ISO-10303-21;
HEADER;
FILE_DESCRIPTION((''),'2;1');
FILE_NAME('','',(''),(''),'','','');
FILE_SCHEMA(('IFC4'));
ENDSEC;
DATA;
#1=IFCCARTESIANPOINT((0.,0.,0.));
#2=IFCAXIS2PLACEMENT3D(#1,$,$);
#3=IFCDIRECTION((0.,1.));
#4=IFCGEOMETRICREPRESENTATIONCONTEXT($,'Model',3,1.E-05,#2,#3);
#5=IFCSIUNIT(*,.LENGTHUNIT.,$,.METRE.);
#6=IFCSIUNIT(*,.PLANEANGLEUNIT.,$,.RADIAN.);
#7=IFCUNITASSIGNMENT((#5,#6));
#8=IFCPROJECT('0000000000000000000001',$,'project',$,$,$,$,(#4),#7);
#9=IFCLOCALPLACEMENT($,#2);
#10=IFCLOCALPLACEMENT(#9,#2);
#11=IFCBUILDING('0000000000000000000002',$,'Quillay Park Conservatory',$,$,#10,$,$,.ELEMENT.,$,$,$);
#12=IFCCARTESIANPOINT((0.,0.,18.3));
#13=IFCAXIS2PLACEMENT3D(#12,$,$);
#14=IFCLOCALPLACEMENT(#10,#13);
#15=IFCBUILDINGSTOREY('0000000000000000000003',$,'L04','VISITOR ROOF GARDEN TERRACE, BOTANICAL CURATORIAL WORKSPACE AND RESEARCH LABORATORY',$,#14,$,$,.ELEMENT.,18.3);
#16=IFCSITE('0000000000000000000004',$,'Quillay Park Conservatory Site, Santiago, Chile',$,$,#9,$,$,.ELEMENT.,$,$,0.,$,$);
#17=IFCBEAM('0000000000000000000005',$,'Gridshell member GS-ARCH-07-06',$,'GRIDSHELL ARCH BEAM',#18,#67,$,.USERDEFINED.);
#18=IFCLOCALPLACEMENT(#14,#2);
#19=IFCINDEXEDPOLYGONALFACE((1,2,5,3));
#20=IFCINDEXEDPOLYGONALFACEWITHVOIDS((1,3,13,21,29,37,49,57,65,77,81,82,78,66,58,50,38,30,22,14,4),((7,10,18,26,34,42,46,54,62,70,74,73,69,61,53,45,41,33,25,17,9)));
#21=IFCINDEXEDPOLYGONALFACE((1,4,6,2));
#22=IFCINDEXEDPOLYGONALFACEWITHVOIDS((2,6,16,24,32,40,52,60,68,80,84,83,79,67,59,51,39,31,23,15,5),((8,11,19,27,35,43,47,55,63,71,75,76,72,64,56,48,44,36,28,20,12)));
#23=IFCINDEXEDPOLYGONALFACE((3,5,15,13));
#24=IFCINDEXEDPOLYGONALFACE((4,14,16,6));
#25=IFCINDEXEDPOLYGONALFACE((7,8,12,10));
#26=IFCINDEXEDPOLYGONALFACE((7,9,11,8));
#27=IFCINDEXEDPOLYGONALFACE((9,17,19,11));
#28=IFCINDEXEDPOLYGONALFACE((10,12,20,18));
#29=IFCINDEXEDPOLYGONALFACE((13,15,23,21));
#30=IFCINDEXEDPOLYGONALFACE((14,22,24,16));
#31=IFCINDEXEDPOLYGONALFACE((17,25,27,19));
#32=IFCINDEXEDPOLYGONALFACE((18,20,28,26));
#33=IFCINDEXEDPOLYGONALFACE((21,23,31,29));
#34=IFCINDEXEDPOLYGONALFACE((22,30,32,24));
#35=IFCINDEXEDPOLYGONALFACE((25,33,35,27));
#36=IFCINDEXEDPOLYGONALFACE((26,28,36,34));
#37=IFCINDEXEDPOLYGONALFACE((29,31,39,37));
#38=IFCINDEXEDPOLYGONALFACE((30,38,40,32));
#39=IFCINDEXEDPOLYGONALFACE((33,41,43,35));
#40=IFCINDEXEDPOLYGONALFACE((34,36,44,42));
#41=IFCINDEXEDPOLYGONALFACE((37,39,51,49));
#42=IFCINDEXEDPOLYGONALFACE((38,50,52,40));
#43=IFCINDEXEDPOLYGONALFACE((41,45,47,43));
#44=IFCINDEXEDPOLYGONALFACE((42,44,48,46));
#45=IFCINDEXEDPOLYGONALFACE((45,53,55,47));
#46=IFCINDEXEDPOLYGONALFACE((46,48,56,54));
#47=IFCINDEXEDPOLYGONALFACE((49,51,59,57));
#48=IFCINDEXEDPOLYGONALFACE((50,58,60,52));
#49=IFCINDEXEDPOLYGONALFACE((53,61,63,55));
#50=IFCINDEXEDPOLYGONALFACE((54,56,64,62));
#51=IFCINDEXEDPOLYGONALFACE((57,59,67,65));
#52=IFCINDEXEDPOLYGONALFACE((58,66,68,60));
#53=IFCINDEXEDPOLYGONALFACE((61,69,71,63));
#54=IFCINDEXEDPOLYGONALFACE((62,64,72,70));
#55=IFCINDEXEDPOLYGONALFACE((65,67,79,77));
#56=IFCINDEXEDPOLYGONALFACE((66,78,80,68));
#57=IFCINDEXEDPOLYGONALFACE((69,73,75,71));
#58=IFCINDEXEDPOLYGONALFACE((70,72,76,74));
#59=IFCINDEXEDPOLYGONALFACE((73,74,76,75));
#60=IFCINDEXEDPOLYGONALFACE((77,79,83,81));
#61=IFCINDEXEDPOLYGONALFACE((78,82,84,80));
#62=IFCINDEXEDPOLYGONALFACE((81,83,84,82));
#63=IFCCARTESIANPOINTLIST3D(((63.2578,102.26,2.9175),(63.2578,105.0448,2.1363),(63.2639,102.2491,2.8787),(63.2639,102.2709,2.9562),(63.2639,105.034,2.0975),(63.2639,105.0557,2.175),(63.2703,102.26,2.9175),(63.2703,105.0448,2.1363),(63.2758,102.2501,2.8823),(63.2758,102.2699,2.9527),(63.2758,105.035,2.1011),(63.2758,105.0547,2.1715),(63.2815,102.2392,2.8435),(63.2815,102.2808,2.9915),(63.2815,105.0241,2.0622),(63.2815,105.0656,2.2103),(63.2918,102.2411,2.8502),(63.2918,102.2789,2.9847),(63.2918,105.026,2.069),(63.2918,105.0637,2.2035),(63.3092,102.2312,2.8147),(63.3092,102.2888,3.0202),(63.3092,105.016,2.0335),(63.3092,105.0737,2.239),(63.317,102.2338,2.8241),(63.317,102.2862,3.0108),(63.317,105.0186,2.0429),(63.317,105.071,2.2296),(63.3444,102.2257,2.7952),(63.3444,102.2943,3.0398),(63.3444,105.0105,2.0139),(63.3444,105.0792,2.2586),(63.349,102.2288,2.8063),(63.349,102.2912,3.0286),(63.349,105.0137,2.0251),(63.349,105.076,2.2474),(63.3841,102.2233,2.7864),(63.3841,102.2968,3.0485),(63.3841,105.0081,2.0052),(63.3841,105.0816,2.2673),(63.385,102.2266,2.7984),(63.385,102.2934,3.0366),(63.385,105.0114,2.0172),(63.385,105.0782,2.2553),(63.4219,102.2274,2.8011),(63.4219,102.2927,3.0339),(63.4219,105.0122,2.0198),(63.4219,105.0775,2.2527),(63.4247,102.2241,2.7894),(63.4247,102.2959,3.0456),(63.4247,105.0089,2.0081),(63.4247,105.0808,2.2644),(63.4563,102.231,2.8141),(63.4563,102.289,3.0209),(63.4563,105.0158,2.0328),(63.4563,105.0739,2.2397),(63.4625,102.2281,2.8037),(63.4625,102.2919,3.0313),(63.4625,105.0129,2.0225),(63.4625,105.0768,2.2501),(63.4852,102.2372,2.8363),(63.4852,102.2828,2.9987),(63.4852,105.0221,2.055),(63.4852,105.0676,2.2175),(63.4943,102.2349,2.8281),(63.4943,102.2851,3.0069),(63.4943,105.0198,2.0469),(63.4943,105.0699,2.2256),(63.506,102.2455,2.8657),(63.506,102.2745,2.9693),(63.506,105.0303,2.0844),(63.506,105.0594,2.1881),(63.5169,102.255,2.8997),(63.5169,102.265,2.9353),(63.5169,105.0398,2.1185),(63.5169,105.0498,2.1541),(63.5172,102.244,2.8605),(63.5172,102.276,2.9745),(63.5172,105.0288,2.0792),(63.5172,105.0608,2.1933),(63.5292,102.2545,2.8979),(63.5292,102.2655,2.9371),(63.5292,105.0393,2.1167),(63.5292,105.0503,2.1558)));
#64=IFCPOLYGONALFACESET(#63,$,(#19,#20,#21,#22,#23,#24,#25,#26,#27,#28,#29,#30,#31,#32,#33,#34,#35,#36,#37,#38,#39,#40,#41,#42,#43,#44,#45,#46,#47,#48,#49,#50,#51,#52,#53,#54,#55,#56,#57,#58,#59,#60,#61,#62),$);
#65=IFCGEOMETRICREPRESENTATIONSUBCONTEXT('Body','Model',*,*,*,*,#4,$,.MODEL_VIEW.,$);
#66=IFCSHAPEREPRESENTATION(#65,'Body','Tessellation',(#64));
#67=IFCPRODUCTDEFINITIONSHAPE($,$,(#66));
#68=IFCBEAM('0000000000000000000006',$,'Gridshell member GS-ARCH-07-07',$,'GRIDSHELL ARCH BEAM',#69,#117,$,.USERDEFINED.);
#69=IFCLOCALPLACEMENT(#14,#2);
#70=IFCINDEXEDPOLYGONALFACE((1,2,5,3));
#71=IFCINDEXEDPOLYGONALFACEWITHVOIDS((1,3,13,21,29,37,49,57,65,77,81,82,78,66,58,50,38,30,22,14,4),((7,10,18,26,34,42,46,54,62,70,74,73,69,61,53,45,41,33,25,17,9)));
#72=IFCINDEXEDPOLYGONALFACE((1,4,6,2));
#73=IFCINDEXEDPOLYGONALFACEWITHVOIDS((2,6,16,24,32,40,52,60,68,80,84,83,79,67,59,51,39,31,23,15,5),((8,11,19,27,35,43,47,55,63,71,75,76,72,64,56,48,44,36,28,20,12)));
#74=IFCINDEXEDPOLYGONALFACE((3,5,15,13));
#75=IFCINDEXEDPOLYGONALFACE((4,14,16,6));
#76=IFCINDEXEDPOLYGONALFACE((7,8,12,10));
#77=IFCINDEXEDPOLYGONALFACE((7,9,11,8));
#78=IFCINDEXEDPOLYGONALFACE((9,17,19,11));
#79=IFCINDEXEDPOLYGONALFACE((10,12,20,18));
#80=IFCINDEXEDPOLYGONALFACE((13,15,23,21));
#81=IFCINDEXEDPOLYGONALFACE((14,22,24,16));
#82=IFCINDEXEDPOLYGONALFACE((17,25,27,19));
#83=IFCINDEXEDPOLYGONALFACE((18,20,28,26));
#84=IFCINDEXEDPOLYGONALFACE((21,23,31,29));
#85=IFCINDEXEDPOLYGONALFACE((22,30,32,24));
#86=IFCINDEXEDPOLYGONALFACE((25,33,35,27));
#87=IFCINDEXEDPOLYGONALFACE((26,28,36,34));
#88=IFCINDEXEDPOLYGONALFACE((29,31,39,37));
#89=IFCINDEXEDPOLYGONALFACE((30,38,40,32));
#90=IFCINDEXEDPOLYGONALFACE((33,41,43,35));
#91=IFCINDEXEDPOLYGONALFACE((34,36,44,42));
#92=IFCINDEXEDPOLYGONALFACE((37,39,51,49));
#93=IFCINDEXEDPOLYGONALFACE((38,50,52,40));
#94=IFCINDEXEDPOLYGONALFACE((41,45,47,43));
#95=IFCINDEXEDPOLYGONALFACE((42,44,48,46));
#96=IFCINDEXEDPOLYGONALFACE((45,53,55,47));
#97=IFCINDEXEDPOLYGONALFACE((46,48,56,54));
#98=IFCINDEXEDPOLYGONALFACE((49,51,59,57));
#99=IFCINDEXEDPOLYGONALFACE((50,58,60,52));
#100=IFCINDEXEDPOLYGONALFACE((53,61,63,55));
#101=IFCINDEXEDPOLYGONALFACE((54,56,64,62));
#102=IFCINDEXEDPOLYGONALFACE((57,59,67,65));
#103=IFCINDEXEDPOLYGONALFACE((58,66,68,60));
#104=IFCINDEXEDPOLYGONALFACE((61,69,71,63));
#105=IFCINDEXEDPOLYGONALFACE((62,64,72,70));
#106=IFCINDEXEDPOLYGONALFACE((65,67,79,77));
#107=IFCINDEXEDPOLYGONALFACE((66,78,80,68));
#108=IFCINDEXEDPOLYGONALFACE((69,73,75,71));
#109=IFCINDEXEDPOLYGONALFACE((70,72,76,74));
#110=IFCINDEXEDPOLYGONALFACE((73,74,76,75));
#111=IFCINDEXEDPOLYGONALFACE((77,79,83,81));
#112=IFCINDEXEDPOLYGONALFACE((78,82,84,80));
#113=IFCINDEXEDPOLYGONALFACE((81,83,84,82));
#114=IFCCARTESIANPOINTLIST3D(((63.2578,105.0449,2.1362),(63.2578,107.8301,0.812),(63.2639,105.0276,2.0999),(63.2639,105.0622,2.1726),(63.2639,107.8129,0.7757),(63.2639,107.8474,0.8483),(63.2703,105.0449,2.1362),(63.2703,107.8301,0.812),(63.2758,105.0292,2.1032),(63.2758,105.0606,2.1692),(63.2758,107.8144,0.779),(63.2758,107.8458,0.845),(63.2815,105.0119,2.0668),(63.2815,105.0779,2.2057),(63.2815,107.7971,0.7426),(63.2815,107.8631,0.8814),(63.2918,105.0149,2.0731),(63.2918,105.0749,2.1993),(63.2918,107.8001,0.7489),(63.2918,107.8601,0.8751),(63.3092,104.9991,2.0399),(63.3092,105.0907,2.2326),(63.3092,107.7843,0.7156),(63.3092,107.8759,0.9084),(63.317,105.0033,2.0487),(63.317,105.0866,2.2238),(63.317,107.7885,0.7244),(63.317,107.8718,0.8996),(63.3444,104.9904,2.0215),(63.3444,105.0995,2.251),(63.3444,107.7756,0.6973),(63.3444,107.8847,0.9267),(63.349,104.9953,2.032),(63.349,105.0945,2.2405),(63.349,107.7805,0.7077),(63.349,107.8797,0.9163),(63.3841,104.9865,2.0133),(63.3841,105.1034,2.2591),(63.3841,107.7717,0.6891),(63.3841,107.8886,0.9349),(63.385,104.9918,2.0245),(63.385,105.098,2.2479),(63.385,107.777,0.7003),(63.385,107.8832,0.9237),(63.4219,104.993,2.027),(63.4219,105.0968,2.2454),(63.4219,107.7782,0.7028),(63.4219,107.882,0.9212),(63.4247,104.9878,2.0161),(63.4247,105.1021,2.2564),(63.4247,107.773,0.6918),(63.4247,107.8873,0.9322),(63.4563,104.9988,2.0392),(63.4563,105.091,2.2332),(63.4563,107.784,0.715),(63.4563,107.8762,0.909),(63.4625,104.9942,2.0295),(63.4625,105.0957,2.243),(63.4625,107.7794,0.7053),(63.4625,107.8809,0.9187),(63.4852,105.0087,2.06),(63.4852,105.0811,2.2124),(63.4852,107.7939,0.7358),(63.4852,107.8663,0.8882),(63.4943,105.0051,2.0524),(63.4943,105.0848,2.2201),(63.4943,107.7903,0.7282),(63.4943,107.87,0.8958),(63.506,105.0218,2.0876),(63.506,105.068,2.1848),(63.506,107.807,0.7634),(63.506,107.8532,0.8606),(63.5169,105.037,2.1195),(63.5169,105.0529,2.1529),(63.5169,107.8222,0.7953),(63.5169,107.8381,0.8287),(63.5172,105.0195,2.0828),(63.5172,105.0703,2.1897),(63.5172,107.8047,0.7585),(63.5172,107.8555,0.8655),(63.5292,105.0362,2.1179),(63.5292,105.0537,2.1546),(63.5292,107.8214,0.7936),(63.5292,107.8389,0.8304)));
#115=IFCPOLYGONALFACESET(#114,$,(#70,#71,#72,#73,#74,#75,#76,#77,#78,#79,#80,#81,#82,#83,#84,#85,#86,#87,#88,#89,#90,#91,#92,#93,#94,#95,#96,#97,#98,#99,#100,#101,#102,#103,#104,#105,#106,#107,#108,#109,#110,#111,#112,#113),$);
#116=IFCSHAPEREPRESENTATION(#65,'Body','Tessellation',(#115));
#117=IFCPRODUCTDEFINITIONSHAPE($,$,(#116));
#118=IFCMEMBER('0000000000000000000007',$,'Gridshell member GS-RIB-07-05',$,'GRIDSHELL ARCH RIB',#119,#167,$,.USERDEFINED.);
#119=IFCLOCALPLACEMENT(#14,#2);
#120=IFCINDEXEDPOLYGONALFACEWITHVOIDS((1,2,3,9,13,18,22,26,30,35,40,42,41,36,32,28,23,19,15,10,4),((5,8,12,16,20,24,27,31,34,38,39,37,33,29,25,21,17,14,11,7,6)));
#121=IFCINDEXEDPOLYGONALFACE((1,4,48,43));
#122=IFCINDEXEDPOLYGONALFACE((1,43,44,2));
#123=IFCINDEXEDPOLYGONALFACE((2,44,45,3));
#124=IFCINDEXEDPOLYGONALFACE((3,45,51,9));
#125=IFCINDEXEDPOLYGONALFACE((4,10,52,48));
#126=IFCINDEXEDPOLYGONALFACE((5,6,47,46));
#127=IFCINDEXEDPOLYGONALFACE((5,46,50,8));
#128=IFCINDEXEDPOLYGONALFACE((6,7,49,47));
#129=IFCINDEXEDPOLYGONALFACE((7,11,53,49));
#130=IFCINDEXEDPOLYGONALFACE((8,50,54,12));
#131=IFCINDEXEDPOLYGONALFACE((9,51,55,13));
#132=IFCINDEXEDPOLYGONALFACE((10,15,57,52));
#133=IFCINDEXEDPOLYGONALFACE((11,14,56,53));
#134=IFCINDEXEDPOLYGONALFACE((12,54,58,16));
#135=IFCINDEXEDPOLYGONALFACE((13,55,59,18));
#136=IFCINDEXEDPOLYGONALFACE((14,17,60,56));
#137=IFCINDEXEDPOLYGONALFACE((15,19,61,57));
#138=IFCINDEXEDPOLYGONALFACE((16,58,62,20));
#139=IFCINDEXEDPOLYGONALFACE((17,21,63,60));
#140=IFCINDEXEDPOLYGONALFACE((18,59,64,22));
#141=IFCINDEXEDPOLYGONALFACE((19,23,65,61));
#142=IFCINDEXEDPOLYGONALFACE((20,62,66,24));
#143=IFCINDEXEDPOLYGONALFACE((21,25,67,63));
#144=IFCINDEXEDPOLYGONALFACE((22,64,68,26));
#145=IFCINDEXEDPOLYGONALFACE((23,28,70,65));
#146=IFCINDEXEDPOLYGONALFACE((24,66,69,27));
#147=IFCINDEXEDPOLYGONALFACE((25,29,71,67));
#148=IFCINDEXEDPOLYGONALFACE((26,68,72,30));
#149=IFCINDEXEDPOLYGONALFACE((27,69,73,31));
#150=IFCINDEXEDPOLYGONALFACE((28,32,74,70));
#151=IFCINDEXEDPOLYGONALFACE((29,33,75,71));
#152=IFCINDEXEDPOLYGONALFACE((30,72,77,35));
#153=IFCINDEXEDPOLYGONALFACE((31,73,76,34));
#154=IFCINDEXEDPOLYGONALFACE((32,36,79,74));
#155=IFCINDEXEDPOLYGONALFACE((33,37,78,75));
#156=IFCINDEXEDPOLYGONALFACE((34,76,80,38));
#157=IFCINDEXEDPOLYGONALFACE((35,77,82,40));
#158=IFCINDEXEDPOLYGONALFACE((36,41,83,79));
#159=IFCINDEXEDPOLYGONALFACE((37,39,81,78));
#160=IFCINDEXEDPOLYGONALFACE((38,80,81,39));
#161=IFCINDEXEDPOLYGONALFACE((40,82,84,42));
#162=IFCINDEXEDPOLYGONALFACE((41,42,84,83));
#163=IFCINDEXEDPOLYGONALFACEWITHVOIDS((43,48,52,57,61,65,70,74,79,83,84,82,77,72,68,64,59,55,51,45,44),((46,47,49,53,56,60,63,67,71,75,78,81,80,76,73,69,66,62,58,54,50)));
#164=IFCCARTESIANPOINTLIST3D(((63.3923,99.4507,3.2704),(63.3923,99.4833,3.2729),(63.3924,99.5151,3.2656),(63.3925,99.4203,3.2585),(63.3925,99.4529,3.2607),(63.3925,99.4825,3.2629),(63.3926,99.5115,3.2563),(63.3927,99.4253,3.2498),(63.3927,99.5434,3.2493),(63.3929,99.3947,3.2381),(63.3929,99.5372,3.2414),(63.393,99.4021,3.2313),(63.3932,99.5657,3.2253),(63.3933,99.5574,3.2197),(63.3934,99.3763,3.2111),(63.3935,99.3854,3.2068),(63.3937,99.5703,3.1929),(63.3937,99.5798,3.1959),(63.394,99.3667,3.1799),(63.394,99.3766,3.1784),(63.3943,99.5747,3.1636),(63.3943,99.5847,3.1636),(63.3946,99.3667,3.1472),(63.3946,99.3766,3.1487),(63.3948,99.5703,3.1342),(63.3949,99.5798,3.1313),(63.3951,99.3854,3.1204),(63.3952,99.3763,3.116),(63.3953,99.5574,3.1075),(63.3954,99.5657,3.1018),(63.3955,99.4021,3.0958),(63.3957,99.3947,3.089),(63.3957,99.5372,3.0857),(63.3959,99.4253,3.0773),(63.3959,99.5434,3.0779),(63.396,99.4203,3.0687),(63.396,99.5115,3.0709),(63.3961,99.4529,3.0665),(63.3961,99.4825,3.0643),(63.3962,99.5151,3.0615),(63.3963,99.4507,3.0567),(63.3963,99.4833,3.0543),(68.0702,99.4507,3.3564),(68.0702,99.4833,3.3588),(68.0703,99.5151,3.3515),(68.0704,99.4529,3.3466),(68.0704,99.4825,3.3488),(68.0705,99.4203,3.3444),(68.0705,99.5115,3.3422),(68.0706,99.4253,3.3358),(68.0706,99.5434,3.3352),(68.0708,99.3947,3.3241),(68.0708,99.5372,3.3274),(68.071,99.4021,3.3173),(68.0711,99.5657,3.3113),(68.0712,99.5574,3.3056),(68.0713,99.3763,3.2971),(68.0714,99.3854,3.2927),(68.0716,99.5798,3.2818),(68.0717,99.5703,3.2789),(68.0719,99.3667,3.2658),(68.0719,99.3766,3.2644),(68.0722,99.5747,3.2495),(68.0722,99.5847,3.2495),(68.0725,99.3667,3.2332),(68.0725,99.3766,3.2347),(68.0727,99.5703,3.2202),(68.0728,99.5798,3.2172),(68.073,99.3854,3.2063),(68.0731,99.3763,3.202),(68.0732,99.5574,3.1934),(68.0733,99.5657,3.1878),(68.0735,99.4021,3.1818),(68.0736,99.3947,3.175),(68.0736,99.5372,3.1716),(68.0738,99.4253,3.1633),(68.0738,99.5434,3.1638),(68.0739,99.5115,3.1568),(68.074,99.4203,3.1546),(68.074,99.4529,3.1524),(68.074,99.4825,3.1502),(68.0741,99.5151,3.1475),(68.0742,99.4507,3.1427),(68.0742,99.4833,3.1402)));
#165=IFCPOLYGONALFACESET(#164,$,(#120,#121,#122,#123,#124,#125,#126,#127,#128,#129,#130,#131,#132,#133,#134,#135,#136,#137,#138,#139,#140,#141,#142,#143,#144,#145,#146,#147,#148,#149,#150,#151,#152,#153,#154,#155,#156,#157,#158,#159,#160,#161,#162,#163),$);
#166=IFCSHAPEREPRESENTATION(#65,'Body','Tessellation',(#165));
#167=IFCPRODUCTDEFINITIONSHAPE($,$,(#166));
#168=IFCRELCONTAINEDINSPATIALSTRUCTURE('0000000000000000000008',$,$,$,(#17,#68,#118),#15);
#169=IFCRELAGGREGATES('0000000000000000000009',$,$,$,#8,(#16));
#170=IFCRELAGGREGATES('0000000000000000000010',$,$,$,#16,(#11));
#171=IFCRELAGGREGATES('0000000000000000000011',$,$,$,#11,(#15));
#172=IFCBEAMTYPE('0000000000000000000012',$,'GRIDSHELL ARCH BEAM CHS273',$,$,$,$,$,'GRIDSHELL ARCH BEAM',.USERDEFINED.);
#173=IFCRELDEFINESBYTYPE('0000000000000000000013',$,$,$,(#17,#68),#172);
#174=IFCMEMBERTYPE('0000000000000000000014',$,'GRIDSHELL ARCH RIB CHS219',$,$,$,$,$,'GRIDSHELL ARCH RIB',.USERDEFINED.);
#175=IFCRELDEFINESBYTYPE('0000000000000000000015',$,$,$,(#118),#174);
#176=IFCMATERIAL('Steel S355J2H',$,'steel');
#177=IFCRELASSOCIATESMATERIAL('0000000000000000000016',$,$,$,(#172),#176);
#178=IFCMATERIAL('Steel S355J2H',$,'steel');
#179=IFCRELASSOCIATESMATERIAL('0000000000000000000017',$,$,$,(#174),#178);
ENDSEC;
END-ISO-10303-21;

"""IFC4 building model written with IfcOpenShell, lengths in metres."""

from ifc_helpers import new_model, si_unit, direction, frame, origin, origin_2d, place, context, subcontext, project, spatial, hollow_circle, extrude, material, material_profile, profile_set, type_object, element, save


model = new_model("IFC4")

# Units and contexts
model_context = context("Model", 3, precision=1e-05, world=origin(), true_north=direction((0.0, 1.0)))
body_context = subcontext(model_context, "Body", "Model", "MODEL_VIEW")
ifc_project = project(units=[si_unit("LENGTHUNIT", "METRE"), si_unit("PLANEANGLEUNIT", "RADIAN")], contexts=[model_context])

# Site, building, storey
site_placement = place(None, origin())
site = spatial("IfcSite", under=ifc_project, at=site_placement, Name="Quillay Park Conservatory Site, Santiago, Chile", CompositionType="ELEMENT", RefElevation=0.0)
building_placement = place(site_placement, origin())
building = spatial("IfcBuilding", under=site, at=building_placement, Name="Quillay Park Conservatory", CompositionType="ELEMENT")
storey_placement = place(building_placement, frame((0.0, 0.0, 18.3)))
storey = spatial("IfcBuildingStorey", under=building, at=storey_placement, Name="L04", Description="VISITOR ROOF GARDEN TERRACE, BOTANICAL CURATORIAL WORKSPACE AND RESEARCH LABORATORY", CompositionType="ELEMENT", Elevation=18.3)

# Beams
ifc_material_1 = material(Name="Steel S355J2H", Category="steel")
ifc_material_profile_1 = material_profile(ifc_material_1, hollow_circle(Radius=0.1365, WallThickness=0.0125, at=origin_2d()), Name="CHS273x12.5")
ifc_profile_set_1 = profile_set([ifc_material_profile_1], Name="Steel S355J2H")
beam_type = type_object("IfcBeamType", Name="GRIDSHELL ARCH BEAM CHS273", ElementType="GRIDSHELL ARCH BEAM", PredefinedType="USERDEFINED", material=ifc_profile_set_1)
beam_1_placement = place(storey_placement, frame((63.3943, 102.26, 2.9175), z_axis=(0.0, 0.962832, -0.270103), x_axis=(-1.0, 0.0, 0.0)))
element("IfcBeam", 1, at=beam_1_placement, inside=storey, type_object=beam_type, Name="Gridshell member GS-ARCH-07-06", ObjectType="GRIDSHELL ARCH BEAM", PredefinedType="USERDEFINED", context=body_context, shape_type="SweptSolid", body=[
    extrude(hollow_circle(Radius=0.1365, WallThickness=0.0125, at=origin_2d()), origin(), (0.0, 0.0, 1.0), 2.8923),
])
beam_2_placement = place(storey_placement, frame((63.3943, 105.0449, 2.1362), z_axis=(0.0, 0.903118, -0.429393), x_axis=(-1.0, 0.0, 0.0)))
element("IfcBeam", 2, at=beam_2_placement, inside=storey, type_object=beam_type, Name="Gridshell member GS-ARCH-07-07", ObjectType="GRIDSHELL ARCH BEAM", PredefinedType="USERDEFINED", context=body_context, shape_type="SweptSolid", body=[
    extrude(hollow_circle(Radius=0.1365, WallThickness=0.0125, at=origin_2d()), origin(), (0.0, 0.0, 1.0), 3.084),
])

# Member
ifc_material_2 = material(Name="Steel S355J2H", Category="steel")
ifc_material_profile_2 = material_profile(ifc_material_2, hollow_circle(Radius=0.1096, WallThickness=0.01, at=origin_2d()), Name="CHS219.1x10")
ifc_profile_set_2 = profile_set([ifc_material_profile_2], Name="Steel S355J2H")
member_type = type_object("IfcMemberType", Name="GRIDSHELL ARCH RIB CHS219", ElementType="GRIDSHELL ARCH RIB", PredefinedType="USERDEFINED", material=ifc_profile_set_2)
member_1_placement = place(storey_placement, frame((63.3943, 99.4751, 3.1636), z_axis=(0.999831, 0.0, 0.018368), x_axis=(0.0, 1.0, 0.0)))
element("IfcMember", 3, at=member_1_placement, inside=storey, type_object=member_type, Name="Gridshell member GS-RIB-07-05", ObjectType="GRIDSHELL ARCH RIB", PredefinedType="USERDEFINED", context=body_context, shape_type="SweptSolid", body=[
    extrude(hollow_circle(Radius=0.1096, WallThickness=0.01, at=origin_2d()), origin(), (0.0, 0.0, 1.0), 4.6787),
])

save(model, "model.ifc")
